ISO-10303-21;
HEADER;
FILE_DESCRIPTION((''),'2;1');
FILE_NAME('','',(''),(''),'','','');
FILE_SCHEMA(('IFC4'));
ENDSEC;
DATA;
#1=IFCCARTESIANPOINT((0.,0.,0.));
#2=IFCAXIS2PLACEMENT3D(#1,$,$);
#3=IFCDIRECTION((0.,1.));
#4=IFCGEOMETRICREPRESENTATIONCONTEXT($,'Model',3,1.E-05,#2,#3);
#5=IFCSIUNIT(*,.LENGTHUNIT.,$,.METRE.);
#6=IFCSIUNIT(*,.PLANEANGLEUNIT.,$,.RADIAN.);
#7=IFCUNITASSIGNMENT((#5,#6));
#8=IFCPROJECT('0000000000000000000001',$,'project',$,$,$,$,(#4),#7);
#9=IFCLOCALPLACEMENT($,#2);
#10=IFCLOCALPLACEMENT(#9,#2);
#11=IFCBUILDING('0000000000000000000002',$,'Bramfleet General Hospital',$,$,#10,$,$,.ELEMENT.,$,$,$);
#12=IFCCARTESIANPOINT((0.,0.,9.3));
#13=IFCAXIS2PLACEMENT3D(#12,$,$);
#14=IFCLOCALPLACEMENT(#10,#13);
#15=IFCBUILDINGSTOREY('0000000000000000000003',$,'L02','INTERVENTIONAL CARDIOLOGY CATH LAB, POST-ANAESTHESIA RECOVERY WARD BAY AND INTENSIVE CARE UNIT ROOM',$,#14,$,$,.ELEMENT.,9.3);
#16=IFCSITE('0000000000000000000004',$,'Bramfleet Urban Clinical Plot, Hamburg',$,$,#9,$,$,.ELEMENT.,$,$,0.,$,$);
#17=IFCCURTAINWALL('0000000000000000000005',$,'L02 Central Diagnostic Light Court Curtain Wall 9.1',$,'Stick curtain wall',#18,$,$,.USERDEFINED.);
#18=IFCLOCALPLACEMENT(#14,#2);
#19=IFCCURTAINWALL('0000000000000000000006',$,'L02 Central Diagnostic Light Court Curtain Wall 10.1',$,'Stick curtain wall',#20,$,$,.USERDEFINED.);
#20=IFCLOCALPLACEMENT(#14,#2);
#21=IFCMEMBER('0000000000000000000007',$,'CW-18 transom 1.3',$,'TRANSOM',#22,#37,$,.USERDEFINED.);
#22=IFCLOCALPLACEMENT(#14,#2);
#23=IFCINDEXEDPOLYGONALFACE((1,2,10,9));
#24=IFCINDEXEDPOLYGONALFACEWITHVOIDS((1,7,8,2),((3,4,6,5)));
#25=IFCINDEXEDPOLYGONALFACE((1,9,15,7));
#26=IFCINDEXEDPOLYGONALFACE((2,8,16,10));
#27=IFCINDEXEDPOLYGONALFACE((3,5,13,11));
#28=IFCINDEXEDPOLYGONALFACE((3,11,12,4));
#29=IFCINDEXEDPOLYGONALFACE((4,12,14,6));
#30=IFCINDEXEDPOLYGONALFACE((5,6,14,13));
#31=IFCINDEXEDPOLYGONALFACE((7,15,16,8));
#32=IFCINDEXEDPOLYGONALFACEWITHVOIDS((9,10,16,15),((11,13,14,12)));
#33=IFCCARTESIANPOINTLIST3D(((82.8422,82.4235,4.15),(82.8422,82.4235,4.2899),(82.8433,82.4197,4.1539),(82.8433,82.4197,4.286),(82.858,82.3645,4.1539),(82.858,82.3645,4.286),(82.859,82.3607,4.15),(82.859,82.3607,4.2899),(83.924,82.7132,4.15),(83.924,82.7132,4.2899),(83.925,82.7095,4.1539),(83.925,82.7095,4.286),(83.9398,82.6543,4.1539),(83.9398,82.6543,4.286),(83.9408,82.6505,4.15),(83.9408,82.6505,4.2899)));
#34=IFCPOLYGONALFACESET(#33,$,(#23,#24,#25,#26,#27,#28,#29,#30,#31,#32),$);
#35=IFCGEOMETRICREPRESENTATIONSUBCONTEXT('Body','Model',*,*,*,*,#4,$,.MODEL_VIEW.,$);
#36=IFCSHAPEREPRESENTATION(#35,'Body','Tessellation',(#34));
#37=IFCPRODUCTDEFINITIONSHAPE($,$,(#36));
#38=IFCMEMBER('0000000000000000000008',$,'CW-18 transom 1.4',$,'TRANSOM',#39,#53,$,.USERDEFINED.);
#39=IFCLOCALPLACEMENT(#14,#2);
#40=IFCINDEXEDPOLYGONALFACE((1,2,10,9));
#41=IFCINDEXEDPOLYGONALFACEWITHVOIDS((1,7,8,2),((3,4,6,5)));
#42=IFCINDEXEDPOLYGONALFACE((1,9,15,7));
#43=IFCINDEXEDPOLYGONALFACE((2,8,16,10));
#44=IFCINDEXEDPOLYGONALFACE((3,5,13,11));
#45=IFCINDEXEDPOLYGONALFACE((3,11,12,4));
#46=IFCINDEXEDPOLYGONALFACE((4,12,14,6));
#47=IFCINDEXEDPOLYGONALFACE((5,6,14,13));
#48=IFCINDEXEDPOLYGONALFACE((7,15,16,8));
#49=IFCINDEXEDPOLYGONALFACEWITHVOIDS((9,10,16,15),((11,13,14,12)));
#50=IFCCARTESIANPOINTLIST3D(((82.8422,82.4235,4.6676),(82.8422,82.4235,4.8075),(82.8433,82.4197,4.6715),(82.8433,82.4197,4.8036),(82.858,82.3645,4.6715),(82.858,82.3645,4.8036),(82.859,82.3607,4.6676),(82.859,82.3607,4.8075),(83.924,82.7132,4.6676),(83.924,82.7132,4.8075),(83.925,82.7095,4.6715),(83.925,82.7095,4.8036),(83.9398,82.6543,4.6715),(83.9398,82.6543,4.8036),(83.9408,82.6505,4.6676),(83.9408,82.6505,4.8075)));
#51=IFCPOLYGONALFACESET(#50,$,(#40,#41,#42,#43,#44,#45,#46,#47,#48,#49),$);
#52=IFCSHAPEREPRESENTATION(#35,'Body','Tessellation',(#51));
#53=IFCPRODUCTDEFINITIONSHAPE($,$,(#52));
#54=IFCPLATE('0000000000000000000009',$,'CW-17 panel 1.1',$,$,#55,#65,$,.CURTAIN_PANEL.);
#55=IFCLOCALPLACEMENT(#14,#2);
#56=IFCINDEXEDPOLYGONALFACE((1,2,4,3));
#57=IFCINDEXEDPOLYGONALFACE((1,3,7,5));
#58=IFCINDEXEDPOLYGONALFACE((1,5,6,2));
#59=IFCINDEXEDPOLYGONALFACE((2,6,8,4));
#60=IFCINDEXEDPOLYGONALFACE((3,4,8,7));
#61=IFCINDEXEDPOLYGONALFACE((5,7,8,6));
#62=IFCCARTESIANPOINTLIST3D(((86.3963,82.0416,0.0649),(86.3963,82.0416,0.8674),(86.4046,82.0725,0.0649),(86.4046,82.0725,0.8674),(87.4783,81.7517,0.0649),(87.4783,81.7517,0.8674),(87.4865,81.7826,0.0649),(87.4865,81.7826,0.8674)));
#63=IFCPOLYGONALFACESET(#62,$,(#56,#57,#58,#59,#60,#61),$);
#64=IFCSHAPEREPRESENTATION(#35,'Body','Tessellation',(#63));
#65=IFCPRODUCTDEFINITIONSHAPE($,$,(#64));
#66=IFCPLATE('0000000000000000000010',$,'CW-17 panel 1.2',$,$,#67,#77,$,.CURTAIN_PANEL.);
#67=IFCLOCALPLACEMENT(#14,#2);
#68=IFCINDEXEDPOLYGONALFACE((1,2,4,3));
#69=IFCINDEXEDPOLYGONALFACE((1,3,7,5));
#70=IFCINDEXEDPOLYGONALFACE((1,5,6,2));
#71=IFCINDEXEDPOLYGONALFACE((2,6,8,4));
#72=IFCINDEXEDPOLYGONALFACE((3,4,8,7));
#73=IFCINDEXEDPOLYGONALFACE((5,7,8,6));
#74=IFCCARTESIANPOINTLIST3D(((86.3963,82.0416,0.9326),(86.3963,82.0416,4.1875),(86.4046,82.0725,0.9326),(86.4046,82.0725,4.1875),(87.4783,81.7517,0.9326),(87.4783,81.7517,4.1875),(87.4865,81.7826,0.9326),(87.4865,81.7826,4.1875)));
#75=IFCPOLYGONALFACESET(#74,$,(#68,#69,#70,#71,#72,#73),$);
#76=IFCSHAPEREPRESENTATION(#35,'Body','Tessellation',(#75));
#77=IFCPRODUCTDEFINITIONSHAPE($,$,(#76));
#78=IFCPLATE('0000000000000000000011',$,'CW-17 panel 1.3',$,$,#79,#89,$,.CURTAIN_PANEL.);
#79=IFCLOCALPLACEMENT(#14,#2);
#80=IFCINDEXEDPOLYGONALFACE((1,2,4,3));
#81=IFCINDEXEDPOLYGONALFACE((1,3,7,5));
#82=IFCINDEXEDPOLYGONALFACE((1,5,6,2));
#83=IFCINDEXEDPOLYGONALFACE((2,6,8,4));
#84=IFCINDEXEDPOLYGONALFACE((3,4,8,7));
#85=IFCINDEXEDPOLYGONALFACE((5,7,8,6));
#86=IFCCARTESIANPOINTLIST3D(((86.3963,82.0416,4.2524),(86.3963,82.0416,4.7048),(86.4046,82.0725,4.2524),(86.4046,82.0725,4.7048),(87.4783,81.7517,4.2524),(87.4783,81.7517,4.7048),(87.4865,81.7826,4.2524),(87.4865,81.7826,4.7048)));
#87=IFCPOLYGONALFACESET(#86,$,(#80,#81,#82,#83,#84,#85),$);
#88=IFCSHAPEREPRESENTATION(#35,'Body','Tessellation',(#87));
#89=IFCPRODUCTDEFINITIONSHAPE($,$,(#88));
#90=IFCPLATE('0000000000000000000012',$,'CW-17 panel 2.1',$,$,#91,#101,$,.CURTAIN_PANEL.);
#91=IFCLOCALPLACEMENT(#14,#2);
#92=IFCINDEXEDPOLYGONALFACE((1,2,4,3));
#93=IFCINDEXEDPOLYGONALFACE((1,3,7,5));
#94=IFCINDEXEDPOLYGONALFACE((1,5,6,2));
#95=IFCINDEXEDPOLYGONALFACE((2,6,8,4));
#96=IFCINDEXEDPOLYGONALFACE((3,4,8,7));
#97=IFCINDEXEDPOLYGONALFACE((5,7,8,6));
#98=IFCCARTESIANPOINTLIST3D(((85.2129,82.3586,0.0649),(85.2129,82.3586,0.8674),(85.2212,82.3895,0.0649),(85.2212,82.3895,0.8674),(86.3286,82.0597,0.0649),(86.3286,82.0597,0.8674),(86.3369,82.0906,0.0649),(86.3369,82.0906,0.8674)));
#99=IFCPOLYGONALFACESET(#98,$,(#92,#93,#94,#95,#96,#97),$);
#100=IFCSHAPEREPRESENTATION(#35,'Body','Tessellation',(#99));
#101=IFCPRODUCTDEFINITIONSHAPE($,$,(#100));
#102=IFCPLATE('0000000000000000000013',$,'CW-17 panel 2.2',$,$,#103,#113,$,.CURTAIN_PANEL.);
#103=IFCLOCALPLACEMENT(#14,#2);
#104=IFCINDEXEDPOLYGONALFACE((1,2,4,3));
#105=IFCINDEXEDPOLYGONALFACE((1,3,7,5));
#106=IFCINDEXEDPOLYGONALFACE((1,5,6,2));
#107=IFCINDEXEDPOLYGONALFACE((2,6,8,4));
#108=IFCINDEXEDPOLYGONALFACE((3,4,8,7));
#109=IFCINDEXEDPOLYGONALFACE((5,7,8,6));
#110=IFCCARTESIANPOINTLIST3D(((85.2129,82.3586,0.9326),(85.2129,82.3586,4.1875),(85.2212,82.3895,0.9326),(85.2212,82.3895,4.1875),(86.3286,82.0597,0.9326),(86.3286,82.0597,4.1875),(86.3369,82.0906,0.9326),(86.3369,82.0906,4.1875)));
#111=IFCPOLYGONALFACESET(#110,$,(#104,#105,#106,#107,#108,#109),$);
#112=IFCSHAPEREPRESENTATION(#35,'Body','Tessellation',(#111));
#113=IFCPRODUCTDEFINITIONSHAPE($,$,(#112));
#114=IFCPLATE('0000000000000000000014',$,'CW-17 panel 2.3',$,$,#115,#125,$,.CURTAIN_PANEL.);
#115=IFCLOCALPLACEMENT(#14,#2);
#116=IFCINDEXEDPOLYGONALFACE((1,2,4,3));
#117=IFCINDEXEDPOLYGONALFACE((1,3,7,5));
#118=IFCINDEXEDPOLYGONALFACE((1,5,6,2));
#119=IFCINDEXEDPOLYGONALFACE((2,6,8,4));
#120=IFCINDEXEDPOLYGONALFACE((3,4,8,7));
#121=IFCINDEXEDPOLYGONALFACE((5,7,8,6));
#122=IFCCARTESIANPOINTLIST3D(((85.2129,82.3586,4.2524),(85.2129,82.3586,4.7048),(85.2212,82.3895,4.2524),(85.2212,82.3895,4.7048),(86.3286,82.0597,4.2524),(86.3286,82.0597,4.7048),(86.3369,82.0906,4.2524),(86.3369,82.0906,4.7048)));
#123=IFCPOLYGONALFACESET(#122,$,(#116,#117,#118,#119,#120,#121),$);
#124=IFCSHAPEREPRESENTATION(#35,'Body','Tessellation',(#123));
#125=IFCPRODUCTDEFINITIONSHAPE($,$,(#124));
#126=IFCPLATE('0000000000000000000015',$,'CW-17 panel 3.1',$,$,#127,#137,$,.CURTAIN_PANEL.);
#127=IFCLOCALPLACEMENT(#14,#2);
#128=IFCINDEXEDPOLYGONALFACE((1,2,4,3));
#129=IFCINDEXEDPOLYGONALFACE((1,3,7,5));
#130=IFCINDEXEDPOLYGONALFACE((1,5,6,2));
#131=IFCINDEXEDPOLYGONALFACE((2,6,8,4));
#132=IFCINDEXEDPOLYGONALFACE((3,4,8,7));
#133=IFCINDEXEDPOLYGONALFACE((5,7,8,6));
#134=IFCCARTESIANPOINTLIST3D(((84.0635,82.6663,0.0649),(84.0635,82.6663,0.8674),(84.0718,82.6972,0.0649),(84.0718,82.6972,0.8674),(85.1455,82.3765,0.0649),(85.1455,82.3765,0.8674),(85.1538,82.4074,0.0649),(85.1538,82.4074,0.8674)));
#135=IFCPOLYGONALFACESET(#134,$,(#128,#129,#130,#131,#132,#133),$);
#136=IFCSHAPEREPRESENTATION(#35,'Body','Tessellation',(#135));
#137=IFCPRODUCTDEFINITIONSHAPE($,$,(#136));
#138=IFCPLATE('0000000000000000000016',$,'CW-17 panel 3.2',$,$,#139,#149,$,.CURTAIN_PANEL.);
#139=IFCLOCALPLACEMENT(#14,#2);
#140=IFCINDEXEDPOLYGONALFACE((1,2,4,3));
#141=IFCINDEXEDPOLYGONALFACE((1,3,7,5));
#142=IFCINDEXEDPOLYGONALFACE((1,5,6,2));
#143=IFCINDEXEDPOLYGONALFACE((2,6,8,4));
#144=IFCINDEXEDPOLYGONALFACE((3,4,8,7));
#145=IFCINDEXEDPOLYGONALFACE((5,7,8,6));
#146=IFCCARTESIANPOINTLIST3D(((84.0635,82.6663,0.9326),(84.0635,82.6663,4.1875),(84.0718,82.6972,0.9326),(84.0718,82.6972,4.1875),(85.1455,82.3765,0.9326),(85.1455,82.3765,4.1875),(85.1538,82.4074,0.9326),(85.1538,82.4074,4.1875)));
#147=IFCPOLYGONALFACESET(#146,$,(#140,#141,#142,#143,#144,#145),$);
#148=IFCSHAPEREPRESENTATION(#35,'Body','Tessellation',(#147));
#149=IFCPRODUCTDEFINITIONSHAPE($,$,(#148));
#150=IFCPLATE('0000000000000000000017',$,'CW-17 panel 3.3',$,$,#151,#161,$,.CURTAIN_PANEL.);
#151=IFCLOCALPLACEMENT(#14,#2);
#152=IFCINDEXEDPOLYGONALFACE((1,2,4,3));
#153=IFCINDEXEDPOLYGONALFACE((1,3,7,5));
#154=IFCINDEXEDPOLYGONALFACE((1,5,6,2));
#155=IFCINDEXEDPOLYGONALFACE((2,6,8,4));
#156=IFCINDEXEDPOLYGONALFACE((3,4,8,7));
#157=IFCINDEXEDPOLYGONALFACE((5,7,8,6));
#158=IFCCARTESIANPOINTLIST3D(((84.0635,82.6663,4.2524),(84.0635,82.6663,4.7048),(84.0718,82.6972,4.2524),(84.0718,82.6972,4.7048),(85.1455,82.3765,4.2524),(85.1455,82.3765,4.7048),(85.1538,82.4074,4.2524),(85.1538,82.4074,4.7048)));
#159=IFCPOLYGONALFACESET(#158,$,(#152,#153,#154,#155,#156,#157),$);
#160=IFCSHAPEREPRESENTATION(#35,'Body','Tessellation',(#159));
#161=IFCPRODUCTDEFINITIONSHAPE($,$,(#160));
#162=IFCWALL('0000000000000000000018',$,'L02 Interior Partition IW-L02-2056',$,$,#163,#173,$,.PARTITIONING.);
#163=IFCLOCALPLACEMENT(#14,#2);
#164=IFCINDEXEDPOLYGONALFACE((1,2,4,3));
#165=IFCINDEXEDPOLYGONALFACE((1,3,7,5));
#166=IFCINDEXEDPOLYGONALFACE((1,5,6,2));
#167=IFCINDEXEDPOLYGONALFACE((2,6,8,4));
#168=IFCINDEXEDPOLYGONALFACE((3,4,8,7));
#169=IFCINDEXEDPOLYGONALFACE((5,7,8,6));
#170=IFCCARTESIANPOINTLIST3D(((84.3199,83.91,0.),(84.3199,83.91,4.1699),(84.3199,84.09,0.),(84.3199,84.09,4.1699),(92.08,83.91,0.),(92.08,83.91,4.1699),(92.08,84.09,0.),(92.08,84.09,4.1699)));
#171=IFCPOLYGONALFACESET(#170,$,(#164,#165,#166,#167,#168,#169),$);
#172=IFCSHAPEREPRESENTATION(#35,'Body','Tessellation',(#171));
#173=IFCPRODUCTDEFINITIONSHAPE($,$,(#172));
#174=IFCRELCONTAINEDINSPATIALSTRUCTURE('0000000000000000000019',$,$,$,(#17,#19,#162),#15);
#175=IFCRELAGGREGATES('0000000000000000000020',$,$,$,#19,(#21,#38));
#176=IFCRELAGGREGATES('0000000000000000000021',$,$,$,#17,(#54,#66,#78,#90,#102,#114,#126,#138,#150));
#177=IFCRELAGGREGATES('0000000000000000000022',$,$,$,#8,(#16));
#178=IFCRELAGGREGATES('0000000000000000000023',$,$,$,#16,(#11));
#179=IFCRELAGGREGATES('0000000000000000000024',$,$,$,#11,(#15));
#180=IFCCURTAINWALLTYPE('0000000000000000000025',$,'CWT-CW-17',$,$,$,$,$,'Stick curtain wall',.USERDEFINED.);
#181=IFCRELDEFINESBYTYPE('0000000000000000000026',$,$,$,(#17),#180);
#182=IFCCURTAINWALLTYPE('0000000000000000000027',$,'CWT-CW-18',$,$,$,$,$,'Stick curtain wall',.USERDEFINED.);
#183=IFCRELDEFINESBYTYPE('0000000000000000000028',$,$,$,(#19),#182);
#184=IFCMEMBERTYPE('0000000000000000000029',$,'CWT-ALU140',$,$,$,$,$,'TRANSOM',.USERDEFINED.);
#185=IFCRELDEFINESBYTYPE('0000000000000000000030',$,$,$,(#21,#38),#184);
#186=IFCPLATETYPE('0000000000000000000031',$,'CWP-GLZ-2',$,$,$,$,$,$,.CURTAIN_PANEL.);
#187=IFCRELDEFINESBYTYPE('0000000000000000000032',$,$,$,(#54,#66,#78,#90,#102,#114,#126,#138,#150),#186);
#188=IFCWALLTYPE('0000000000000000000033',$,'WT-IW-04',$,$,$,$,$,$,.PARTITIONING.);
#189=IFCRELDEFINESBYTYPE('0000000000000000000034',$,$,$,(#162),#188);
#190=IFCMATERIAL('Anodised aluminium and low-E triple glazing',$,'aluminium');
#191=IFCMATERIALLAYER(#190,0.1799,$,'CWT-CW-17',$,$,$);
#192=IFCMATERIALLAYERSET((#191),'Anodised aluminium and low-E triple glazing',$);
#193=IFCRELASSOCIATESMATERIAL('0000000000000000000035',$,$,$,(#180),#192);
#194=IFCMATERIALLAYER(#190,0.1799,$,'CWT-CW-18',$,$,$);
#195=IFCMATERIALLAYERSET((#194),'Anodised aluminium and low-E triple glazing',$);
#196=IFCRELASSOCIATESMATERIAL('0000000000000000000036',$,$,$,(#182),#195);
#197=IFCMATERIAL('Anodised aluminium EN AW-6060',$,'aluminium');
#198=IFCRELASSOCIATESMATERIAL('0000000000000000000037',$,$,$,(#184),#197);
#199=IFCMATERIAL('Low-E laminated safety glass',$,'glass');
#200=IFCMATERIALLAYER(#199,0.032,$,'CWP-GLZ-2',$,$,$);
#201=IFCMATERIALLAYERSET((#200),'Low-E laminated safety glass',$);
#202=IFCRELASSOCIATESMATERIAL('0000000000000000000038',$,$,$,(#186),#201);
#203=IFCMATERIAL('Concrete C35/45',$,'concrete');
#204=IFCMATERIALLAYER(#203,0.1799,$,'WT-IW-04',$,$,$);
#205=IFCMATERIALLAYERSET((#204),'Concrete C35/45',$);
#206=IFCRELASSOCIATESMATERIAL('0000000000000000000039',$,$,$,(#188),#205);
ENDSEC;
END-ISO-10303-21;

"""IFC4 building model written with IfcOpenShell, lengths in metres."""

from ifc_helpers import new_model, si_unit, direction, frame, frame_2d, origin, origin_2d, place, context, subcontext, project, spatial, rectangle, hollow_rectangle, extrude, material, layer, layer_set, material_profile, profile_set, type_object, element, aggregate, save


model = new_model("IFC4")

# Units and contexts
model_context = context("Model", 3, precision=1e-05, world=origin(), true_north=direction((0.0, 1.0)))
body_context = subcontext(model_context, "Body", "Model", "MODEL_VIEW")
ifc_project = project(units=[si_unit("LENGTHUNIT", "METRE"), si_unit("PLANEANGLEUNIT", "RADIAN")], contexts=[model_context])

# Site, building, storey
site_placement = place(None, origin())
site = spatial("IfcSite", under=ifc_project, at=site_placement, Name="Bramfleet Urban Clinical Plot, Hamburg", CompositionType="ELEMENT", RefElevation=0.0)
building_placement = place(site_placement, origin())
building = spatial("IfcBuilding", under=site, at=building_placement, Name="Bramfleet General Hospital", CompositionType="ELEMENT")
storey_placement = place(building_placement, frame((0.0, 0.0, 9.3)))
storey = spatial("IfcBuildingStorey", under=building, at=storey_placement, Name="L02", Description="INTERVENTIONAL CARDIOLOGY CATH LAB, POST-ANAESTHESIA RECOVERY WARD BAY AND INTENSIVE CARE UNIT ROOM", CompositionType="ELEMENT", Elevation=9.3)

# Shared definitions
ifc_material_1 = material(Name="Concrete C35/45", Category="concrete")

# Shared definitions
ifc_material_2 = material(Name="Anodised aluminium and low-E triple glazing", Category="aluminium")
ifc_material_3 = material(Name="Anodised aluminium EN AW-6060", Category="aluminium")

# Curtain wall
ifc_layer_1 = layer(ifc_material_2, 0.1799, Name="CWT-CW-17")
ifc_layer_set_1 = layer_set([ifc_layer_1], Name="Anodised aluminium and low-E triple glazing")
curtain_wall_type_1 = type_object("IfcCurtainWallType", Name="CWT-CW-17", ElementType="Stick curtain wall", PredefinedType="USERDEFINED", material=ifc_layer_set_1)
curtain_wall_1_placement = place(storey_placement, origin())
curtain_wall_1 = element("IfcCurtainWall", 1, at=curtain_wall_1_placement, inside=storey, type_object=curtain_wall_type_1, Name="L02 Central Diagnostic Light Court Curtain Wall 9.1", ObjectType="Stick curtain wall", PredefinedType="USERDEFINED")

# Curtain wall
ifc_layer_2 = layer(ifc_material_2, 0.1799, Name="CWT-CW-18")
ifc_layer_set_2 = layer_set([ifc_layer_2], Name="Anodised aluminium and low-E triple glazing")
curtain_wall_type_2 = type_object("IfcCurtainWallType", Name="CWT-CW-18", ElementType="Stick curtain wall", PredefinedType="USERDEFINED", material=ifc_layer_set_2)
curtain_wall_2_placement = place(storey_placement, origin())
curtain_wall_2 = element("IfcCurtainWall", 2, at=curtain_wall_2_placement, inside=storey, type_object=curtain_wall_type_2, Name="L02 Central Diagnostic Light Court Curtain Wall 10.1", ObjectType="Stick curtain wall", PredefinedType="USERDEFINED")

# Members
ifc_material_profile_1 = material_profile(ifc_material_3, hollow_rectangle(XDim=0.0649, YDim=0.1399, WallThickness=0.0039, at=origin_2d()), Name="ALU 140x65x4.0")
ifc_profile_set_1 = profile_set([ifc_material_profile_1], Name="Anodised aluminium EN AW-6060")
member_type_1 = type_object("IfcMemberType", Name="CWT-ALU140", ElementType="TRANSOM", PredefinedType="USERDEFINED", material=ifc_profile_set_1)
member_1_placement = place(storey_placement, frame((83.9324, 82.6819, 4.22), z_axis=(-0.965941, -0.258762, 0.0), x_axis=(0.258762, -0.965941, 0.0)))
member_1 = element("IfcMember", 3, at=member_1_placement, type_object=member_type_1, Name="CW-18 transom 1.3", ObjectType="TRANSOM", PredefinedType="USERDEFINED", context=body_context, shape_type="SweptSolid", body=[
    extrude(hollow_rectangle(XDim=0.0649, YDim=0.1399, WallThickness=0.0039, at=origin_2d()), origin(), (0.0, 0.0, 1.0), 1.1199),
])
member_2_placement = place(storey_placement, frame((83.9324, 82.6819, 4.7375), z_axis=(-0.965941, -0.258762, 0.0), x_axis=(0.258762, -0.965941, 0.0)))
member_2 = element("IfcMember", 4, at=member_2_placement, type_object=member_type_1, Name="CW-18 transom 1.4", ObjectType="TRANSOM", PredefinedType="USERDEFINED", context=body_context, shape_type="SweptSolid", body=[
    extrude(hollow_rectangle(XDim=0.0649, YDim=0.1399, WallThickness=0.0039, at=origin_2d()), origin(), (0.0, 0.0, 1.0), 1.1199),
])
aggregate(curtain_wall_2, [member_1, member_2])

# Plates
ifc_material_4 = material(Name="Low-E laminated safety glass", Category="glass")
ifc_layer_3 = layer(ifc_material_4, 0.032, Name="CWP-GLZ-2")
ifc_layer_set_3 = layer_set([ifc_layer_3], Name="Low-E laminated safety glass")
plate_type = type_object("IfcPlateType", Name="CWP-GLZ-2", PredefinedType="CURTAIN_PANEL", material=ifc_layer_set_3)
plate_1_placement = place(storey_placement, frame((86.9414, 81.9121, 0.0649), z_axis=(0.0, 0.0, 1.0), x_axis=(-0.965941, 0.258763, 0.0)))
plate_1 = element("IfcPlate", 5, at=plate_1_placement, type_object=plate_type, Name="CW-17 panel 1.1", PredefinedType="CURTAIN_PANEL", context=body_context, shape_type="SweptSolid", body=[
    extrude(rectangle(XDim=1.1201, YDim=0.032, at=origin_2d()), origin(), (0.0, 0.0, 1.0), 0.8025),
])
plate_2_placement = place(storey_placement, frame((86.9414, 81.9121, 0.9326), z_axis=(0.0, 0.0, 1.0), x_axis=(-0.965941, 0.258763, 0.0)))
plate_2 = element("IfcPlate", 6, at=plate_2_placement, type_object=plate_type, Name="CW-17 panel 1.2", PredefinedType="CURTAIN_PANEL", context=body_context, shape_type="SweptSolid", body=[
    extrude(rectangle(XDim=1.1201, YDim=0.032, at=origin_2d()), origin(), (0.0, 0.0, 1.0), 3.2549),
])
plate_3_placement = place(storey_placement, frame((86.9414, 81.9121, 4.2524), z_axis=(0.0, 0.0, 1.0), x_axis=(-0.965941, 0.258763, 0.0)))
plate_3 = element("IfcPlate", 7, at=plate_3_placement, type_object=plate_type, Name="CW-17 panel 1.3", PredefinedType="CURTAIN_PANEL", context=body_context, shape_type="SweptSolid", body=[
    extrude(rectangle(XDim=1.1201, YDim=0.032, at=origin_2d()), origin(), (0.0, 0.0, 1.0), 0.4524),
])
plate_4_placement = place(storey_placement, frame((85.7749, 82.2246, 0.0649), z_axis=(0.0, 0.0, 1.0), x_axis=(-0.965941, 0.258763, 0.0)))
plate_4 = element("IfcPlate", 8, at=plate_4_placement, type_object=plate_type, Name="CW-17 panel 2.1", PredefinedType="CURTAIN_PANEL", context=body_context, shape_type="SweptSolid", body=[
    extrude(rectangle(XDim=1.155, YDim=0.032, at=origin_2d()), origin(), (0.0, 0.0, 1.0), 0.8025),
])
plate_5_placement = place(storey_placement, frame((85.7749, 82.2246, 0.9326), z_axis=(0.0, 0.0, 1.0), x_axis=(-0.965941, 0.258763, 0.0)))
plate_5 = element("IfcPlate", 9, at=plate_5_placement, type_object=plate_type, Name="CW-17 panel 2.2", PredefinedType="CURTAIN_PANEL", context=body_context, shape_type="SweptSolid", body=[
    extrude(rectangle(XDim=1.155, YDim=0.032, at=origin_2d()), origin(), (0.0, 0.0, 1.0), 3.2549),
])
plate_6_placement = place(storey_placement, frame((85.7749, 82.2246, 4.2524), z_axis=(0.0, 0.0, 1.0), x_axis=(-0.965941, 0.258763, 0.0)))
plate_6 = element("IfcPlate", 10, at=plate_6_placement, type_object=plate_type, Name="CW-17 panel 2.3", PredefinedType="CURTAIN_PANEL", context=body_context, shape_type="SweptSolid", body=[
    extrude(rectangle(XDim=1.155, YDim=0.032, at=origin_2d()), origin(), (0.0, 0.0, 1.0), 0.4524),
])
plate_7_placement = place(storey_placement, frame((84.6086, 82.5369, 0.0649), z_axis=(0.0, 0.0, 1.0), x_axis=(-0.965941, 0.258763, 0.0)))
plate_7 = element("IfcPlate", 11, at=plate_7_placement, type_object=plate_type, Name="CW-17 panel 3.1", PredefinedType="CURTAIN_PANEL", context=body_context, shape_type="SweptSolid", body=[
    extrude(rectangle(XDim=1.1201, YDim=0.032, at=origin_2d()), origin(), (0.0, 0.0, 1.0), 0.8025),
])
plate_8_placement = place(storey_placement, frame((84.6086, 82.5369, 0.9326), z_axis=(0.0, 0.0, 1.0), x_axis=(-0.965941, 0.258763, 0.0)))
plate_8 = element("IfcPlate", 12, at=plate_8_placement, type_object=plate_type, Name="CW-17 panel 3.2", PredefinedType="CURTAIN_PANEL", context=body_context, shape_type="SweptSolid", body=[
    extrude(rectangle(XDim=1.1201, YDim=0.032, at=origin_2d()), origin(), (0.0, 0.0, 1.0), 3.2549),
])
plate_9_placement = place(storey_placement, frame((84.6086, 82.5369, 4.2524), z_axis=(0.0, 0.0, 1.0), x_axis=(-0.965941, 0.258763, 0.0)))
plate_9 = element("IfcPlate", 13, at=plate_9_placement, type_object=plate_type, Name="CW-17 panel 3.3", PredefinedType="CURTAIN_PANEL", context=body_context, shape_type="SweptSolid", body=[
    extrude(rectangle(XDim=1.1201, YDim=0.032, at=origin_2d()), origin(), (0.0, 0.0, 1.0), 0.4524),
])
aggregate(curtain_wall_1, [plate_1, plate_2, plate_3, plate_4, plate_5, plate_6, plate_7, plate_8, plate_9])

# Wall
ifc_layer_4 = layer(ifc_material_1, 0.1799, Name="WT-IW-04")
ifc_layer_set_4 = layer_set([ifc_layer_4], Name="Concrete C35/45")
wall_type = type_object("IfcWallType", Name="WT-IW-04", PredefinedType="PARTITIONING", material=ifc_layer_set_4)
wall_placement = place(storey_placement, frame((84.3201, 84.0, 0.0), z_axis=(0.0, 0.0, 1.0), x_axis=(1.0, 0.0, 0.0)))
element("IfcWall", 14, at=wall_placement, inside=storey, type_object=wall_type, Name="L02 Interior Partition IW-L02-2056", PredefinedType="PARTITIONING", context=body_context, shape_type="SweptSolid", body=[
    extrude(rectangle(XDim=7.76, YDim=0.1799, at=frame_2d((3.8799, 0.0))), origin(), (0.0, 0.0, 1.0), 4.1699),
])

save(model, "model.ifc")
